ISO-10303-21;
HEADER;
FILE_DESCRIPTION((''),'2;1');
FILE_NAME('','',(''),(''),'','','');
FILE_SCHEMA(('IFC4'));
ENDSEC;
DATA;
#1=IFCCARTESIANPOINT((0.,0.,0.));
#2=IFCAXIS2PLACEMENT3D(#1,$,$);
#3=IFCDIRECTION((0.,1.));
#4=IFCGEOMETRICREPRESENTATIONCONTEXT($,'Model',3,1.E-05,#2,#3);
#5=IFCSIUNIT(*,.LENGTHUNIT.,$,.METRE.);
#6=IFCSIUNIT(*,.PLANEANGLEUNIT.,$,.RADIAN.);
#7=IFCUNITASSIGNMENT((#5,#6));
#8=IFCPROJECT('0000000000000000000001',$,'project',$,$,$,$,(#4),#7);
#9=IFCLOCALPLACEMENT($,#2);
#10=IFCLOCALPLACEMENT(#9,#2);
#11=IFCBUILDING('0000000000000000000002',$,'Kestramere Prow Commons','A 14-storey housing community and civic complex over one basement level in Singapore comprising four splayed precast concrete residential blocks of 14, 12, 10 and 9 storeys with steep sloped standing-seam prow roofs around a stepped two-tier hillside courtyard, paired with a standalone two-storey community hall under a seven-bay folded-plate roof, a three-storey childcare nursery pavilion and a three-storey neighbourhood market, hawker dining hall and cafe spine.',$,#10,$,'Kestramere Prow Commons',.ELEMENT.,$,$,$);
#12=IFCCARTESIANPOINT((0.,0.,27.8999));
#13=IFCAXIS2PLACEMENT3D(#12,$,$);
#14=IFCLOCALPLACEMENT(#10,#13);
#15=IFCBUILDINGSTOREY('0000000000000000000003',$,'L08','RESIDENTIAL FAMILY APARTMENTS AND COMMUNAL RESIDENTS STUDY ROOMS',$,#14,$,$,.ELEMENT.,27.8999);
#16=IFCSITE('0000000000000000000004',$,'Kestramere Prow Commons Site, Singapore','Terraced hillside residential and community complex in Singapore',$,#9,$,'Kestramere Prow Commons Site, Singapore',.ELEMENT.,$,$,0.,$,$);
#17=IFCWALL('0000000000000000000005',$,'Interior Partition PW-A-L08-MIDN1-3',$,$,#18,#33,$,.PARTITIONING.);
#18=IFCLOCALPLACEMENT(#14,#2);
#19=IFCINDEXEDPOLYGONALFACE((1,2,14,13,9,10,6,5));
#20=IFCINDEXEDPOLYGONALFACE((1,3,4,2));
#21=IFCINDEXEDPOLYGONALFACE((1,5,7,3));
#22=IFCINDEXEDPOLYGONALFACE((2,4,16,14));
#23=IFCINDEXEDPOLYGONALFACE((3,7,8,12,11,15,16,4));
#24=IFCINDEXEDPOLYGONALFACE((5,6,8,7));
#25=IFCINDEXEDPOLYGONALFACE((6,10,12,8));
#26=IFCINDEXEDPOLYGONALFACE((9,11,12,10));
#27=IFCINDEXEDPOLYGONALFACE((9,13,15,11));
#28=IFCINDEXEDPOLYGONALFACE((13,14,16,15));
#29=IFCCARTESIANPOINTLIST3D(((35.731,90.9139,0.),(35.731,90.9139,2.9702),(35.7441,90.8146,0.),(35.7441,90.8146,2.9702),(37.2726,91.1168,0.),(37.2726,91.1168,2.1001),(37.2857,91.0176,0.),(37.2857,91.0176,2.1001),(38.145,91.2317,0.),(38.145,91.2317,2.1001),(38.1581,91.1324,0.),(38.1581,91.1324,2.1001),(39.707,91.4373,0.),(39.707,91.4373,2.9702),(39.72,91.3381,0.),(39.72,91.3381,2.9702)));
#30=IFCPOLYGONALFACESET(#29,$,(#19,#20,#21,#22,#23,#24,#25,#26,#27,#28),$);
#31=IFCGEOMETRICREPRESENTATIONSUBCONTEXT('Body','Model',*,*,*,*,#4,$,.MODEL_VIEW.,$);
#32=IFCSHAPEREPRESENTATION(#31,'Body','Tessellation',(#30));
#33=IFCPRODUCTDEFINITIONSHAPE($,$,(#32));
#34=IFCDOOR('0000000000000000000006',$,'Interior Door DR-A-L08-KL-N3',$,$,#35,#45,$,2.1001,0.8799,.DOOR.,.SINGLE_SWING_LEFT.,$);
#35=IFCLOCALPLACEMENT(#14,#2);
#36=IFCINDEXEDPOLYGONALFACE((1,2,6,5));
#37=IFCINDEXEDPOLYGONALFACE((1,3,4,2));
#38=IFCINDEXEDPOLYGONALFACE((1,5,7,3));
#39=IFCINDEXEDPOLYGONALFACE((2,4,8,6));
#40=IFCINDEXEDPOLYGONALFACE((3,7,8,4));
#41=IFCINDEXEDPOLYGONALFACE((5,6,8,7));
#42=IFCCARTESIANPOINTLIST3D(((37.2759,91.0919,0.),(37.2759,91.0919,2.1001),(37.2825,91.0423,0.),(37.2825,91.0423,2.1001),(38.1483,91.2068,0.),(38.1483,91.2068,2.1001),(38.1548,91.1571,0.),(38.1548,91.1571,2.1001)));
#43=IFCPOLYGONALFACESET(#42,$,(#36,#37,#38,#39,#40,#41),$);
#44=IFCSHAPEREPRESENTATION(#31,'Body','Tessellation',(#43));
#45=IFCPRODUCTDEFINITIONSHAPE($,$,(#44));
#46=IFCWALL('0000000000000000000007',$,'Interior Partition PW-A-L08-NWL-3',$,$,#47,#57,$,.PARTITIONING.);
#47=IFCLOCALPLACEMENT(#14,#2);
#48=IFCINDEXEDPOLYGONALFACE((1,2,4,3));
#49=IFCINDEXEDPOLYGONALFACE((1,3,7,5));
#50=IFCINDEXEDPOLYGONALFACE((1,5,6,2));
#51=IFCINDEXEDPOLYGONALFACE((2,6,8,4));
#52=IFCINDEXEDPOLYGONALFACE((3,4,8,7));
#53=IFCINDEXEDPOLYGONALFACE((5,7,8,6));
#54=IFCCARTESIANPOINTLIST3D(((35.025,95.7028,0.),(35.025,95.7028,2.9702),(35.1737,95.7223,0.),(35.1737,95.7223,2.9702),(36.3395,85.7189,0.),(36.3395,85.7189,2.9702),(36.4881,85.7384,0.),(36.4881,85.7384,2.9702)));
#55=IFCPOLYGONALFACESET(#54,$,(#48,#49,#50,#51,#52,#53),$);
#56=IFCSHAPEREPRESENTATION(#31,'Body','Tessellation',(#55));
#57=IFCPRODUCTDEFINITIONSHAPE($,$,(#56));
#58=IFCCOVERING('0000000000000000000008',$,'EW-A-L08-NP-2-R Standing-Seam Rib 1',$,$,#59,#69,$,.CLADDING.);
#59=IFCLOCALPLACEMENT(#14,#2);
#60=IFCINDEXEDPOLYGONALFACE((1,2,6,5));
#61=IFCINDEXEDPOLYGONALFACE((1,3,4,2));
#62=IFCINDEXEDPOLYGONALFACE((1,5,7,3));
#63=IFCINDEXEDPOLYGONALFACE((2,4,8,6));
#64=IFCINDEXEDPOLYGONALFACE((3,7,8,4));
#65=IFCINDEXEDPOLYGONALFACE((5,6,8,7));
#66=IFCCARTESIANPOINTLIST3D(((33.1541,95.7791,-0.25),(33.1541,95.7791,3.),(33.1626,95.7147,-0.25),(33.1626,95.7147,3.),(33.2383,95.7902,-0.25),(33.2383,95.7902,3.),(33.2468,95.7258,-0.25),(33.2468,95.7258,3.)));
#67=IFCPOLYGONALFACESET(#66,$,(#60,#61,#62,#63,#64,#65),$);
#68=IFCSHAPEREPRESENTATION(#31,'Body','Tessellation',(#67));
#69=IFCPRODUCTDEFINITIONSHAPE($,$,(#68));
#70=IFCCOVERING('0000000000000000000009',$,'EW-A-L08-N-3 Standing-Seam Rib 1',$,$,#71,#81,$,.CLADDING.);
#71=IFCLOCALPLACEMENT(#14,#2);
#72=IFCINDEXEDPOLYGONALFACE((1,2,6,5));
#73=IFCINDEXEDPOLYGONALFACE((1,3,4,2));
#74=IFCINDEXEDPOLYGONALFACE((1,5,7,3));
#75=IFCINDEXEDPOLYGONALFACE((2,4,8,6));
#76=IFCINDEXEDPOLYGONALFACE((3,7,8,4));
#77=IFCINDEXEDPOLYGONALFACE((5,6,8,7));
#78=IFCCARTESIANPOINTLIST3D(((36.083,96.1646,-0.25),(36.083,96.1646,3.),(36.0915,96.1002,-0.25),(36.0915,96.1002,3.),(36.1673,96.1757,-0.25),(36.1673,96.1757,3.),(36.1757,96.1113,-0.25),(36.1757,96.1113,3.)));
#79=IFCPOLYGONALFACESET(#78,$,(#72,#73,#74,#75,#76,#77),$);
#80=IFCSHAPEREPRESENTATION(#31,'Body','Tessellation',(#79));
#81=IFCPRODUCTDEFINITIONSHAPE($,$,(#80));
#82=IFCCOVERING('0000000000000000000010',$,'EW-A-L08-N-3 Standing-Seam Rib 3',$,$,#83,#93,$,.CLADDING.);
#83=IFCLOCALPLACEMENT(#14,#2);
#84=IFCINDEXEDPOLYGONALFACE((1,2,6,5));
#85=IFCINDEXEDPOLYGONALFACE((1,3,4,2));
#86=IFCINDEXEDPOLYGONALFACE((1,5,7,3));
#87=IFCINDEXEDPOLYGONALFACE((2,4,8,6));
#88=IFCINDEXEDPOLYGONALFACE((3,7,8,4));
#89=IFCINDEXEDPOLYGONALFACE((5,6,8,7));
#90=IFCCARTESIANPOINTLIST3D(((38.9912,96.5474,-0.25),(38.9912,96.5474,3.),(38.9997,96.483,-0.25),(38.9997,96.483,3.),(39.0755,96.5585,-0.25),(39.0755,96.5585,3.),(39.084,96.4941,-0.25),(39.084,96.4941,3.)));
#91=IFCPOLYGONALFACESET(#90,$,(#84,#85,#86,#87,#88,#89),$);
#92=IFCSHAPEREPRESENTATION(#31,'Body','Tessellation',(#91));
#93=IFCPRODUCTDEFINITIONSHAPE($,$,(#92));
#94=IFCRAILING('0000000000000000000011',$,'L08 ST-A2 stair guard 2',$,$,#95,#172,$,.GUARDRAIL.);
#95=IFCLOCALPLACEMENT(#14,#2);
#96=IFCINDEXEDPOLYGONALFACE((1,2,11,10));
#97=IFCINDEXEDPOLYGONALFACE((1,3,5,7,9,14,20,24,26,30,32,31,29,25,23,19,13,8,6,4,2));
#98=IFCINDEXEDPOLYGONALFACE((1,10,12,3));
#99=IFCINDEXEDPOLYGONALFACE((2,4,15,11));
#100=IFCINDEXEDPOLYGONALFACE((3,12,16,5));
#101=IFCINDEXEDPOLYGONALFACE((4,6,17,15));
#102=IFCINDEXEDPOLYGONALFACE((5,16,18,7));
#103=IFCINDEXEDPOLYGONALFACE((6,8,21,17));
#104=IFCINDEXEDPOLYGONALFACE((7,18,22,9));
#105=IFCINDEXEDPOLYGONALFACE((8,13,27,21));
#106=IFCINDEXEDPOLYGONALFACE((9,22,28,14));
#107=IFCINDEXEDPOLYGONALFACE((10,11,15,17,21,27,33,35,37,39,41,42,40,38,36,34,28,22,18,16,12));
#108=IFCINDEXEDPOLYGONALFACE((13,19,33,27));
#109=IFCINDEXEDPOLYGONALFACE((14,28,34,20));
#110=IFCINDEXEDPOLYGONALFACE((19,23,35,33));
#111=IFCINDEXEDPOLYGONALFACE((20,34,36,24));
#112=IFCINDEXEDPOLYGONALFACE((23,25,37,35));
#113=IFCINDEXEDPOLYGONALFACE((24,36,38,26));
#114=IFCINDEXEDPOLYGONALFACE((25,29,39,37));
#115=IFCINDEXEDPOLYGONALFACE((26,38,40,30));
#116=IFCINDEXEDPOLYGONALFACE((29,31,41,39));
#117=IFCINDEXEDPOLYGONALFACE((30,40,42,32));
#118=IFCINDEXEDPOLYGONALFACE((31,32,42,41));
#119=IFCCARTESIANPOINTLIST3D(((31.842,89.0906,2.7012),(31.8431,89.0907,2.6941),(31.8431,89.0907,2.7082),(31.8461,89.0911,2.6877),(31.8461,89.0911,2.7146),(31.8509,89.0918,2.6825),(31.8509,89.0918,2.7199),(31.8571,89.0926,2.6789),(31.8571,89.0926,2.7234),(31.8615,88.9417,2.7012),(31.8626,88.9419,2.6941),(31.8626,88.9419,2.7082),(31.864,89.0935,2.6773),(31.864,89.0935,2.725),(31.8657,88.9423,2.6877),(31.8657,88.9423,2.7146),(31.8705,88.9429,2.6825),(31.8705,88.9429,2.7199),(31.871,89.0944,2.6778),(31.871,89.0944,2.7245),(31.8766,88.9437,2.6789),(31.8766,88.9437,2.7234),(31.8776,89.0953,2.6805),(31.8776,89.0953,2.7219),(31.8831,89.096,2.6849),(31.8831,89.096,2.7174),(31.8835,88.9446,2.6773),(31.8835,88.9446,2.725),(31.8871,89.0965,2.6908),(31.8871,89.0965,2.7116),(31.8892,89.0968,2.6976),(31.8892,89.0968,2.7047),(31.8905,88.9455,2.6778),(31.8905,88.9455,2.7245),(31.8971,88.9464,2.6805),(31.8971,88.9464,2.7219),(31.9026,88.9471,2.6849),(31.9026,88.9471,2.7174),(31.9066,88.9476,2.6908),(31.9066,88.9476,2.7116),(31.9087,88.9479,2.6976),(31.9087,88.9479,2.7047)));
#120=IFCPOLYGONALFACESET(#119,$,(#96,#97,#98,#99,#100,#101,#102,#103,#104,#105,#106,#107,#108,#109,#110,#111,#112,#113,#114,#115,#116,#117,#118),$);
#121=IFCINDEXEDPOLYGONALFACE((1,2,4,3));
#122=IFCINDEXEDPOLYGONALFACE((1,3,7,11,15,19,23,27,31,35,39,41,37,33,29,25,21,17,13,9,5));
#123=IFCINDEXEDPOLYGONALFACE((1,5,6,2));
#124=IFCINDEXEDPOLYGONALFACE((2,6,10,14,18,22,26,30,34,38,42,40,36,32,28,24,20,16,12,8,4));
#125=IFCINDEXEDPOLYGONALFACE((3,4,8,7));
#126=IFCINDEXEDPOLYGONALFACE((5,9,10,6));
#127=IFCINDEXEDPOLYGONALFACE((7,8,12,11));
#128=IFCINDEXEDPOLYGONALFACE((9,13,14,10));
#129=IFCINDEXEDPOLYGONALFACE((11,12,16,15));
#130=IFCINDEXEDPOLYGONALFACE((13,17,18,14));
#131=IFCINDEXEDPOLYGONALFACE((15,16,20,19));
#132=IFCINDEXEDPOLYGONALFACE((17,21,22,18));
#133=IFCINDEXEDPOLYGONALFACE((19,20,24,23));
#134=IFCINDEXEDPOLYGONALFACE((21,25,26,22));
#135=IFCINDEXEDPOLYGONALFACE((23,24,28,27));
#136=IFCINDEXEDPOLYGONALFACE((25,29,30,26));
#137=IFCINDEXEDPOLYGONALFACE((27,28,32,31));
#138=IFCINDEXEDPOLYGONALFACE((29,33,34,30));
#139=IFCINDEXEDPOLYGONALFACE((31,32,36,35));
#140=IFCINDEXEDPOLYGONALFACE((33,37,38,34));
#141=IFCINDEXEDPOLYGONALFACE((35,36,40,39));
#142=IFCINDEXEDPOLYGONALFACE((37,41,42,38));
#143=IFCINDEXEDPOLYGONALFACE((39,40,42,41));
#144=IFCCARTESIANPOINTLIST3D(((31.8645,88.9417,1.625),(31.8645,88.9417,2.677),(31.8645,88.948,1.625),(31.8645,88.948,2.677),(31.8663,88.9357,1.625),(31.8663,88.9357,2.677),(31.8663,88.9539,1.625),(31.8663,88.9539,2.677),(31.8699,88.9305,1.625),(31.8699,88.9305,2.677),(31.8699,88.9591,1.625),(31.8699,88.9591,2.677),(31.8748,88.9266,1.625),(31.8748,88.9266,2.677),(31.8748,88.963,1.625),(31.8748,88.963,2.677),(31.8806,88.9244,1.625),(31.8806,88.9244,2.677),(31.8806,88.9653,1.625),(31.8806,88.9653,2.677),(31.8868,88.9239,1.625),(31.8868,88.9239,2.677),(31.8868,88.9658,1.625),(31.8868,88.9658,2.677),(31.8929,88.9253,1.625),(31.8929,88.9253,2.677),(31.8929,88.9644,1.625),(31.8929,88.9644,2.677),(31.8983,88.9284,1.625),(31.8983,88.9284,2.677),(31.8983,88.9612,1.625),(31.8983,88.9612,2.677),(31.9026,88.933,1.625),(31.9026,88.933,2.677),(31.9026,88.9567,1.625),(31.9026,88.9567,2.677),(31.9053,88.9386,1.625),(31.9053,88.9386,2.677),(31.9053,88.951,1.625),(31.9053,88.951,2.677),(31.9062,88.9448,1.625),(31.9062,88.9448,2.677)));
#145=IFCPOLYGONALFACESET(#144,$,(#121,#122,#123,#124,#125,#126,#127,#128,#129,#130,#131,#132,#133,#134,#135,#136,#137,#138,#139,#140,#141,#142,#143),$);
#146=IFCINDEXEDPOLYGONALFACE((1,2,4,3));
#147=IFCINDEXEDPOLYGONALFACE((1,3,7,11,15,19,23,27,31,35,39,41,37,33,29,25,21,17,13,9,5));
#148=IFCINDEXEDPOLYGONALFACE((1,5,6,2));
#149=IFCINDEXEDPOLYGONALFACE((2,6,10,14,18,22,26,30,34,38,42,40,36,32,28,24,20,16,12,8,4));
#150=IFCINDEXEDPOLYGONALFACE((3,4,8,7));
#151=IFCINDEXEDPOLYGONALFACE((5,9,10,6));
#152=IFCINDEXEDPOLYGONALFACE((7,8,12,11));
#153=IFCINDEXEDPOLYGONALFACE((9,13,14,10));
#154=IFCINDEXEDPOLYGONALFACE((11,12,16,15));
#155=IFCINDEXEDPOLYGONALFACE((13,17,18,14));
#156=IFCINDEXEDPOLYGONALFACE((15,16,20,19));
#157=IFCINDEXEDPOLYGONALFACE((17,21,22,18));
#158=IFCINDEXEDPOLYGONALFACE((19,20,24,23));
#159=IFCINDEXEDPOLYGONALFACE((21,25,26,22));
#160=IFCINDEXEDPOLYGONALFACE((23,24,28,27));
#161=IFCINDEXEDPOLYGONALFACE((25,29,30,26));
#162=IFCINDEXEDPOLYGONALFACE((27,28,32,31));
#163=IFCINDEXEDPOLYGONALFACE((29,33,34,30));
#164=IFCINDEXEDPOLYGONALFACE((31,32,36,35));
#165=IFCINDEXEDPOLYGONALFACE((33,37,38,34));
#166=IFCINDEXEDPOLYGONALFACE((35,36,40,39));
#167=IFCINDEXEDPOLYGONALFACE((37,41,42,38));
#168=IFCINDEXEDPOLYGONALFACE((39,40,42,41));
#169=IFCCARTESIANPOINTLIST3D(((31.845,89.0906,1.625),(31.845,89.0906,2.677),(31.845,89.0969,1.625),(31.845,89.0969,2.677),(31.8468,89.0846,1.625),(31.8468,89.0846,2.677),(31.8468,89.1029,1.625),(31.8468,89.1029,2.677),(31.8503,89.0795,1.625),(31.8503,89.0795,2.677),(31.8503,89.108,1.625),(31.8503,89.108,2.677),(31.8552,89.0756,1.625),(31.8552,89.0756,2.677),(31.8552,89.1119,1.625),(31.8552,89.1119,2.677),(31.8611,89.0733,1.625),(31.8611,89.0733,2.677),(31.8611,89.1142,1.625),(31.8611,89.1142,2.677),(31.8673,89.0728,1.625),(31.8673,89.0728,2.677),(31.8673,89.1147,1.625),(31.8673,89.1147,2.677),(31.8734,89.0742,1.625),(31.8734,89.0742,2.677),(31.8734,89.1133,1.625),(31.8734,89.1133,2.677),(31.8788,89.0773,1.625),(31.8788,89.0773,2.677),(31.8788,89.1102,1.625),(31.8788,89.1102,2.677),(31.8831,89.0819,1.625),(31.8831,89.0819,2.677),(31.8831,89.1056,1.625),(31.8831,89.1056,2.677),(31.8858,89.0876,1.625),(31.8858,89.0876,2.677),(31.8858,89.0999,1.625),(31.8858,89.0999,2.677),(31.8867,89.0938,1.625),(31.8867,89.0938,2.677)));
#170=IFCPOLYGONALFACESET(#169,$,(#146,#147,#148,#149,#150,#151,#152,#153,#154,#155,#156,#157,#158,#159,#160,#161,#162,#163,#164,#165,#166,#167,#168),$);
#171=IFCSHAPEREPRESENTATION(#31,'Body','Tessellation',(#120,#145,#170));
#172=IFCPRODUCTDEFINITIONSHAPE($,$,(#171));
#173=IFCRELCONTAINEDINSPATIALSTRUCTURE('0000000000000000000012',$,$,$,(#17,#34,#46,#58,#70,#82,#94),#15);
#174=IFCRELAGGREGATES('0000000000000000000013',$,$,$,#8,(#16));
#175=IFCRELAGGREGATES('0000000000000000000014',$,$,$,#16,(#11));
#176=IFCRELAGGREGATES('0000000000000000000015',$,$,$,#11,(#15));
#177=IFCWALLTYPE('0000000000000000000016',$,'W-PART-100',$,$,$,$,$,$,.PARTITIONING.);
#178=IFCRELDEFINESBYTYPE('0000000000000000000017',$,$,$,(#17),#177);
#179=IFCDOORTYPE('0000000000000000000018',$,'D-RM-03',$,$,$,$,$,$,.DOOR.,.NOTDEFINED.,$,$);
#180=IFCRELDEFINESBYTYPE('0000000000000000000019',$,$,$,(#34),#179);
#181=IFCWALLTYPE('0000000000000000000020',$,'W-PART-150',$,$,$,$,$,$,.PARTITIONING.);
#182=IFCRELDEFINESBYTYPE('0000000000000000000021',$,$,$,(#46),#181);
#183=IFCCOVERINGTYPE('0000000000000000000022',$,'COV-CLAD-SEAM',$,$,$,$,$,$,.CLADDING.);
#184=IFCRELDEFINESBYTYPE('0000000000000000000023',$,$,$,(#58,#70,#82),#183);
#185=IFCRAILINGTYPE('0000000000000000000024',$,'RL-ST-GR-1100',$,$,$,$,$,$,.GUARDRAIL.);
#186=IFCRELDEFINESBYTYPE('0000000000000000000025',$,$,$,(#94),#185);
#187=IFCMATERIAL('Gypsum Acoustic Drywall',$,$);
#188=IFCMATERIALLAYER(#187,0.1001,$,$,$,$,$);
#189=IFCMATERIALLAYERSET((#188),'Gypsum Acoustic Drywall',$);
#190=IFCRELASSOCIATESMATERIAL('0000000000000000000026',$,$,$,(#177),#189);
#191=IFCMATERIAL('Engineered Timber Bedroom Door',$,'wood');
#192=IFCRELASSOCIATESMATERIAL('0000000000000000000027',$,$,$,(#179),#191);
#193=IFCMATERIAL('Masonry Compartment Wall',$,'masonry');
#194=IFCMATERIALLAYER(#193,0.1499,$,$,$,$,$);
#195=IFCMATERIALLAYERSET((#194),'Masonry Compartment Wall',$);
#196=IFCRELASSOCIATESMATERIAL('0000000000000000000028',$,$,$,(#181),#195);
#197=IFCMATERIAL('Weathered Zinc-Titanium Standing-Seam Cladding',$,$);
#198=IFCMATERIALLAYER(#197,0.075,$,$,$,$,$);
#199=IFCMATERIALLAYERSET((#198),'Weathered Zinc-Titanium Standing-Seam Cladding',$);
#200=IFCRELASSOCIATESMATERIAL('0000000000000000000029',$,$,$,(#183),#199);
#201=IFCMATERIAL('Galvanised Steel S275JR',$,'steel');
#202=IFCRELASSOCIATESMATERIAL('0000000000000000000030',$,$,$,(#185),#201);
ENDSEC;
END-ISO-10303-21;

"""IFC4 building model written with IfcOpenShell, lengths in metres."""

from ifc_helpers import new_model, si_unit, direction, frame, frame_2d, origin, origin_2d, place, context, subcontext, project, spatial, rectangle, circle, extrude, material, layer, layer_set, type_object, element, fill, save


model = new_model("IFC4")

# Units and contexts
model_context = context("Model", 3, precision=1e-05, world=origin(), true_north=direction((0.0, 1.0)))
body_context = subcontext(model_context, "Body", "Model", "MODEL_VIEW")
ifc_project = project(units=[si_unit("LENGTHUNIT", "METRE"), si_unit("PLANEANGLEUNIT", "RADIAN")], contexts=[model_context])

# Site, building, storey
site_placement = place(None, origin())
site = spatial("IfcSite", under=ifc_project, at=site_placement, Name="Kestramere Prow Commons Site, Singapore", Description="Terraced hillside residential and community complex in Singapore", LongName="Kestramere Prow Commons Site, Singapore", CompositionType="ELEMENT", RefElevation=0.0)
building_placement = place(site_placement, origin())
building = spatial("IfcBuilding", under=site, at=building_placement, Name="Kestramere Prow Commons", Description="A 14-storey housing community and civic complex over one basement level in Singapore comprising four splayed precast concrete residential blocks of 14, 12, 10 and 9 storeys with steep sloped standing-seam prow roofs around a stepped two-tier hillside courtyard, paired with a standalone two-storey community hall under a seven-bay folded-plate roof, a three-storey childcare nursery pavilion and a three-storey neighbourhood market, hawker dining hall and cafe spine.", LongName="Kestramere Prow Commons", CompositionType="ELEMENT")
storey_placement = place(building_placement, frame((0.0, 0.0, 27.8999)))
storey = spatial("IfcBuildingStorey", under=building, at=storey_placement, Name="L08", Description="RESIDENTIAL FAMILY APARTMENTS AND COMMUNAL RESIDENTS STUDY ROOMS", CompositionType="ELEMENT", Elevation=27.8999)

# Wall, opening, door
ifc_material_1 = material(Name="Gypsum Acoustic Drywall")
ifc_layer_1 = layer(ifc_material_1, 0.1001)
ifc_layer_set_1 = layer_set([ifc_layer_1], Name="Gypsum Acoustic Drywall")
wall_type_1 = type_object("IfcWallType", Name="W-PART-100", PredefinedType="PARTITIONING", material=ifc_layer_set_1)
wall_1_placement = place(storey_placement, frame((35.7375, 90.8643, 0.0), z_axis=(0.0, 0.0, 1.0), x_axis=(0.991445, 0.130529, 0.0)))
wall_1 = element("IfcWall", 1, at=wall_1_placement, inside=storey, type_object=wall_type_1, Name="Interior Partition PW-A-L08-MIDN1-3", PredefinedType="PARTITIONING", context=body_context, shape_type="SweptSolid", body=[
    extrude(rectangle(XDim=4.0103, YDim=0.1001, at=frame_2d((2.0051, 0.0))), origin(), (0.0, 0.0, 1.0), 2.9702),
])
opening_1_placement = place(wall_1_placement, frame((1.5549, 0.0, 0.0)))
opening_1 = element("IfcOpeningElement", 2, at=opening_1_placement, cuts=wall_1, PredefinedType="OPENING", context=body_context, shape_type="SweptSolid", body=[
    extrude(rectangle(XDim=0.8799, YDim=2.1001, at=frame_2d((0.4399, 1.05))), frame((0.0, 0.0649, 0.0), z_axis=(0.0, -1.0, 0.0), x_axis=(1.0, 0.0, 0.0)), (0.0, 0.0, 1.0), 0.1301),
])
ifc_material_2 = material(Name="Engineered Timber Bedroom Door", Category="wood")
door_type = type_object("IfcDoorType", Name="D-RM-03", OperationType="NOTDEFINED", PredefinedType="DOOR", material=ifc_material_2)
door_placement = place(opening_1_placement, origin())
door = element("IfcDoor", 3, at=door_placement, inside=storey, type_object=door_type, Name="Interior Door DR-A-L08-KL-N3", OperationType="SINGLE_SWING_LEFT", OverallHeight=2.1001, OverallWidth=0.8799, PredefinedType="DOOR", context=body_context, shape_type="SweptSolid", body=[
    extrude(rectangle(XDim=0.8799, YDim=2.1001, at=frame_2d((0.4399, 1.05))), frame((0.0, 0.0249, 0.0), z_axis=(0.0, -1.0, 0.0), x_axis=(1.0, 0.0, 0.0)), (0.0, 0.0, 1.0), 0.05),
])
fill(opening_1, door)

# Wall
ifc_material_3 = material(Name="Masonry Compartment Wall", Category="masonry")
ifc_layer_2 = layer(ifc_material_3, 0.1499)
ifc_layer_set_2 = layer_set([ifc_layer_2], Name="Masonry Compartment Wall")
wall_type_2 = type_object("IfcWallType", Name="W-PART-150", PredefinedType="PARTITIONING", material=ifc_layer_set_2)
wall_2_placement = place(storey_placement, frame((36.4138, 85.7285, 0.0), z_axis=(0.0, 0.0, 1.0), x_axis=(-0.130531, 0.991444, 0.0)))
element("IfcWall", 4, at=wall_2_placement, inside=storey, type_object=wall_type_2, Name="Interior Partition PW-A-L08-NWL-3", PredefinedType="PARTITIONING", context=body_context, shape_type="SweptSolid", body=[
    extrude(rectangle(XDim=10.0701, YDim=0.1499, at=frame_2d((5.0352, 0.0))), origin(), (0.0, 0.0, 1.0), 2.9702),
])

# Coverings
ifc_material_4 = material(Name="Weathered Zinc-Titanium Standing-Seam Cladding")
ifc_layer_3 = layer(ifc_material_4, 0.075)
ifc_layer_set_3 = layer_set([ifc_layer_3], Name="Weathered Zinc-Titanium Standing-Seam Cladding")
covering_type = type_object("IfcCoveringType", Name="COV-CLAD-SEAM", PredefinedType="CLADDING", material=ifc_layer_set_3)
for number, where, z_axis, x_axis, name in (
    (5, (33.2004, 95.7524, -0.25), (0.0, 0.0, 1.0), (0.991445, 0.130526, 0.0), "EW-A-L08-NP-2-R Standing-Seam Rib 1"),
    (6, (36.1294, 96.1379, -0.25), (0.0, 0.0, 1.0), (0.991445, 0.130526, 0.0), "EW-A-L08-N-3 Standing-Seam Rib 1"),
    (7, (39.0376, 96.5208, -0.25), (0.0, 0.0, 1.0), (0.991445, 0.130526, 0.0), "EW-A-L08-N-3 Standing-Seam Rib 3"),
):
    element("IfcCovering", number, at=place(storey_placement, frame(where, z_axis=z_axis, x_axis=x_axis)), inside=storey, type_object=covering_type, Name=name, PredefinedType="CLADDING", context=body_context, shape_type="SweptSolid", body=[
        extrude(rectangle(XDim=0.085, YDim=0.0649, at=origin_2d()), origin(), (0.0, 0.0, 1.0), 3.25),
    ])

# Railing
ifc_material_5 = material(Name="Galvanised Steel S275JR", Category="steel")
railing_type = type_object("IfcRailingType", Name="RL-ST-GR-1100", PredefinedType="GUARDRAIL", material=ifc_material_5)
railing_1_placement = place(storey_placement, frame((31.8853, 88.9448, 1.625)))
element("IfcRailing", 8, at=railing_1_placement, inside=storey, type_object=railing_type, Name="L08 ST-A2 stair guard 2", PredefinedType="GUARDRAIL", context=body_context, shape_type="SweptSolid", body=[
    extrude(circle(Radius=0.0239, at=origin_2d()), frame((0.0, 0.0, 1.0762), z_axis=(-0.130034, 0.99151, 0.0), x_axis=(-0.99151, -0.130034, 0.0)), (0.0, 0.0, 1.0), 0.1501),
    extrude(circle(Radius=0.021, at=origin_2d()), origin(), (0.0, 0.0, 1.0), 1.052),
    extrude(circle(Radius=0.021, at=origin_2d()), frame((-0.0195, 0.1489, 0.0)), (0.0, 0.0, 1.0), 1.052),
])

save(model, "model.ifc")
